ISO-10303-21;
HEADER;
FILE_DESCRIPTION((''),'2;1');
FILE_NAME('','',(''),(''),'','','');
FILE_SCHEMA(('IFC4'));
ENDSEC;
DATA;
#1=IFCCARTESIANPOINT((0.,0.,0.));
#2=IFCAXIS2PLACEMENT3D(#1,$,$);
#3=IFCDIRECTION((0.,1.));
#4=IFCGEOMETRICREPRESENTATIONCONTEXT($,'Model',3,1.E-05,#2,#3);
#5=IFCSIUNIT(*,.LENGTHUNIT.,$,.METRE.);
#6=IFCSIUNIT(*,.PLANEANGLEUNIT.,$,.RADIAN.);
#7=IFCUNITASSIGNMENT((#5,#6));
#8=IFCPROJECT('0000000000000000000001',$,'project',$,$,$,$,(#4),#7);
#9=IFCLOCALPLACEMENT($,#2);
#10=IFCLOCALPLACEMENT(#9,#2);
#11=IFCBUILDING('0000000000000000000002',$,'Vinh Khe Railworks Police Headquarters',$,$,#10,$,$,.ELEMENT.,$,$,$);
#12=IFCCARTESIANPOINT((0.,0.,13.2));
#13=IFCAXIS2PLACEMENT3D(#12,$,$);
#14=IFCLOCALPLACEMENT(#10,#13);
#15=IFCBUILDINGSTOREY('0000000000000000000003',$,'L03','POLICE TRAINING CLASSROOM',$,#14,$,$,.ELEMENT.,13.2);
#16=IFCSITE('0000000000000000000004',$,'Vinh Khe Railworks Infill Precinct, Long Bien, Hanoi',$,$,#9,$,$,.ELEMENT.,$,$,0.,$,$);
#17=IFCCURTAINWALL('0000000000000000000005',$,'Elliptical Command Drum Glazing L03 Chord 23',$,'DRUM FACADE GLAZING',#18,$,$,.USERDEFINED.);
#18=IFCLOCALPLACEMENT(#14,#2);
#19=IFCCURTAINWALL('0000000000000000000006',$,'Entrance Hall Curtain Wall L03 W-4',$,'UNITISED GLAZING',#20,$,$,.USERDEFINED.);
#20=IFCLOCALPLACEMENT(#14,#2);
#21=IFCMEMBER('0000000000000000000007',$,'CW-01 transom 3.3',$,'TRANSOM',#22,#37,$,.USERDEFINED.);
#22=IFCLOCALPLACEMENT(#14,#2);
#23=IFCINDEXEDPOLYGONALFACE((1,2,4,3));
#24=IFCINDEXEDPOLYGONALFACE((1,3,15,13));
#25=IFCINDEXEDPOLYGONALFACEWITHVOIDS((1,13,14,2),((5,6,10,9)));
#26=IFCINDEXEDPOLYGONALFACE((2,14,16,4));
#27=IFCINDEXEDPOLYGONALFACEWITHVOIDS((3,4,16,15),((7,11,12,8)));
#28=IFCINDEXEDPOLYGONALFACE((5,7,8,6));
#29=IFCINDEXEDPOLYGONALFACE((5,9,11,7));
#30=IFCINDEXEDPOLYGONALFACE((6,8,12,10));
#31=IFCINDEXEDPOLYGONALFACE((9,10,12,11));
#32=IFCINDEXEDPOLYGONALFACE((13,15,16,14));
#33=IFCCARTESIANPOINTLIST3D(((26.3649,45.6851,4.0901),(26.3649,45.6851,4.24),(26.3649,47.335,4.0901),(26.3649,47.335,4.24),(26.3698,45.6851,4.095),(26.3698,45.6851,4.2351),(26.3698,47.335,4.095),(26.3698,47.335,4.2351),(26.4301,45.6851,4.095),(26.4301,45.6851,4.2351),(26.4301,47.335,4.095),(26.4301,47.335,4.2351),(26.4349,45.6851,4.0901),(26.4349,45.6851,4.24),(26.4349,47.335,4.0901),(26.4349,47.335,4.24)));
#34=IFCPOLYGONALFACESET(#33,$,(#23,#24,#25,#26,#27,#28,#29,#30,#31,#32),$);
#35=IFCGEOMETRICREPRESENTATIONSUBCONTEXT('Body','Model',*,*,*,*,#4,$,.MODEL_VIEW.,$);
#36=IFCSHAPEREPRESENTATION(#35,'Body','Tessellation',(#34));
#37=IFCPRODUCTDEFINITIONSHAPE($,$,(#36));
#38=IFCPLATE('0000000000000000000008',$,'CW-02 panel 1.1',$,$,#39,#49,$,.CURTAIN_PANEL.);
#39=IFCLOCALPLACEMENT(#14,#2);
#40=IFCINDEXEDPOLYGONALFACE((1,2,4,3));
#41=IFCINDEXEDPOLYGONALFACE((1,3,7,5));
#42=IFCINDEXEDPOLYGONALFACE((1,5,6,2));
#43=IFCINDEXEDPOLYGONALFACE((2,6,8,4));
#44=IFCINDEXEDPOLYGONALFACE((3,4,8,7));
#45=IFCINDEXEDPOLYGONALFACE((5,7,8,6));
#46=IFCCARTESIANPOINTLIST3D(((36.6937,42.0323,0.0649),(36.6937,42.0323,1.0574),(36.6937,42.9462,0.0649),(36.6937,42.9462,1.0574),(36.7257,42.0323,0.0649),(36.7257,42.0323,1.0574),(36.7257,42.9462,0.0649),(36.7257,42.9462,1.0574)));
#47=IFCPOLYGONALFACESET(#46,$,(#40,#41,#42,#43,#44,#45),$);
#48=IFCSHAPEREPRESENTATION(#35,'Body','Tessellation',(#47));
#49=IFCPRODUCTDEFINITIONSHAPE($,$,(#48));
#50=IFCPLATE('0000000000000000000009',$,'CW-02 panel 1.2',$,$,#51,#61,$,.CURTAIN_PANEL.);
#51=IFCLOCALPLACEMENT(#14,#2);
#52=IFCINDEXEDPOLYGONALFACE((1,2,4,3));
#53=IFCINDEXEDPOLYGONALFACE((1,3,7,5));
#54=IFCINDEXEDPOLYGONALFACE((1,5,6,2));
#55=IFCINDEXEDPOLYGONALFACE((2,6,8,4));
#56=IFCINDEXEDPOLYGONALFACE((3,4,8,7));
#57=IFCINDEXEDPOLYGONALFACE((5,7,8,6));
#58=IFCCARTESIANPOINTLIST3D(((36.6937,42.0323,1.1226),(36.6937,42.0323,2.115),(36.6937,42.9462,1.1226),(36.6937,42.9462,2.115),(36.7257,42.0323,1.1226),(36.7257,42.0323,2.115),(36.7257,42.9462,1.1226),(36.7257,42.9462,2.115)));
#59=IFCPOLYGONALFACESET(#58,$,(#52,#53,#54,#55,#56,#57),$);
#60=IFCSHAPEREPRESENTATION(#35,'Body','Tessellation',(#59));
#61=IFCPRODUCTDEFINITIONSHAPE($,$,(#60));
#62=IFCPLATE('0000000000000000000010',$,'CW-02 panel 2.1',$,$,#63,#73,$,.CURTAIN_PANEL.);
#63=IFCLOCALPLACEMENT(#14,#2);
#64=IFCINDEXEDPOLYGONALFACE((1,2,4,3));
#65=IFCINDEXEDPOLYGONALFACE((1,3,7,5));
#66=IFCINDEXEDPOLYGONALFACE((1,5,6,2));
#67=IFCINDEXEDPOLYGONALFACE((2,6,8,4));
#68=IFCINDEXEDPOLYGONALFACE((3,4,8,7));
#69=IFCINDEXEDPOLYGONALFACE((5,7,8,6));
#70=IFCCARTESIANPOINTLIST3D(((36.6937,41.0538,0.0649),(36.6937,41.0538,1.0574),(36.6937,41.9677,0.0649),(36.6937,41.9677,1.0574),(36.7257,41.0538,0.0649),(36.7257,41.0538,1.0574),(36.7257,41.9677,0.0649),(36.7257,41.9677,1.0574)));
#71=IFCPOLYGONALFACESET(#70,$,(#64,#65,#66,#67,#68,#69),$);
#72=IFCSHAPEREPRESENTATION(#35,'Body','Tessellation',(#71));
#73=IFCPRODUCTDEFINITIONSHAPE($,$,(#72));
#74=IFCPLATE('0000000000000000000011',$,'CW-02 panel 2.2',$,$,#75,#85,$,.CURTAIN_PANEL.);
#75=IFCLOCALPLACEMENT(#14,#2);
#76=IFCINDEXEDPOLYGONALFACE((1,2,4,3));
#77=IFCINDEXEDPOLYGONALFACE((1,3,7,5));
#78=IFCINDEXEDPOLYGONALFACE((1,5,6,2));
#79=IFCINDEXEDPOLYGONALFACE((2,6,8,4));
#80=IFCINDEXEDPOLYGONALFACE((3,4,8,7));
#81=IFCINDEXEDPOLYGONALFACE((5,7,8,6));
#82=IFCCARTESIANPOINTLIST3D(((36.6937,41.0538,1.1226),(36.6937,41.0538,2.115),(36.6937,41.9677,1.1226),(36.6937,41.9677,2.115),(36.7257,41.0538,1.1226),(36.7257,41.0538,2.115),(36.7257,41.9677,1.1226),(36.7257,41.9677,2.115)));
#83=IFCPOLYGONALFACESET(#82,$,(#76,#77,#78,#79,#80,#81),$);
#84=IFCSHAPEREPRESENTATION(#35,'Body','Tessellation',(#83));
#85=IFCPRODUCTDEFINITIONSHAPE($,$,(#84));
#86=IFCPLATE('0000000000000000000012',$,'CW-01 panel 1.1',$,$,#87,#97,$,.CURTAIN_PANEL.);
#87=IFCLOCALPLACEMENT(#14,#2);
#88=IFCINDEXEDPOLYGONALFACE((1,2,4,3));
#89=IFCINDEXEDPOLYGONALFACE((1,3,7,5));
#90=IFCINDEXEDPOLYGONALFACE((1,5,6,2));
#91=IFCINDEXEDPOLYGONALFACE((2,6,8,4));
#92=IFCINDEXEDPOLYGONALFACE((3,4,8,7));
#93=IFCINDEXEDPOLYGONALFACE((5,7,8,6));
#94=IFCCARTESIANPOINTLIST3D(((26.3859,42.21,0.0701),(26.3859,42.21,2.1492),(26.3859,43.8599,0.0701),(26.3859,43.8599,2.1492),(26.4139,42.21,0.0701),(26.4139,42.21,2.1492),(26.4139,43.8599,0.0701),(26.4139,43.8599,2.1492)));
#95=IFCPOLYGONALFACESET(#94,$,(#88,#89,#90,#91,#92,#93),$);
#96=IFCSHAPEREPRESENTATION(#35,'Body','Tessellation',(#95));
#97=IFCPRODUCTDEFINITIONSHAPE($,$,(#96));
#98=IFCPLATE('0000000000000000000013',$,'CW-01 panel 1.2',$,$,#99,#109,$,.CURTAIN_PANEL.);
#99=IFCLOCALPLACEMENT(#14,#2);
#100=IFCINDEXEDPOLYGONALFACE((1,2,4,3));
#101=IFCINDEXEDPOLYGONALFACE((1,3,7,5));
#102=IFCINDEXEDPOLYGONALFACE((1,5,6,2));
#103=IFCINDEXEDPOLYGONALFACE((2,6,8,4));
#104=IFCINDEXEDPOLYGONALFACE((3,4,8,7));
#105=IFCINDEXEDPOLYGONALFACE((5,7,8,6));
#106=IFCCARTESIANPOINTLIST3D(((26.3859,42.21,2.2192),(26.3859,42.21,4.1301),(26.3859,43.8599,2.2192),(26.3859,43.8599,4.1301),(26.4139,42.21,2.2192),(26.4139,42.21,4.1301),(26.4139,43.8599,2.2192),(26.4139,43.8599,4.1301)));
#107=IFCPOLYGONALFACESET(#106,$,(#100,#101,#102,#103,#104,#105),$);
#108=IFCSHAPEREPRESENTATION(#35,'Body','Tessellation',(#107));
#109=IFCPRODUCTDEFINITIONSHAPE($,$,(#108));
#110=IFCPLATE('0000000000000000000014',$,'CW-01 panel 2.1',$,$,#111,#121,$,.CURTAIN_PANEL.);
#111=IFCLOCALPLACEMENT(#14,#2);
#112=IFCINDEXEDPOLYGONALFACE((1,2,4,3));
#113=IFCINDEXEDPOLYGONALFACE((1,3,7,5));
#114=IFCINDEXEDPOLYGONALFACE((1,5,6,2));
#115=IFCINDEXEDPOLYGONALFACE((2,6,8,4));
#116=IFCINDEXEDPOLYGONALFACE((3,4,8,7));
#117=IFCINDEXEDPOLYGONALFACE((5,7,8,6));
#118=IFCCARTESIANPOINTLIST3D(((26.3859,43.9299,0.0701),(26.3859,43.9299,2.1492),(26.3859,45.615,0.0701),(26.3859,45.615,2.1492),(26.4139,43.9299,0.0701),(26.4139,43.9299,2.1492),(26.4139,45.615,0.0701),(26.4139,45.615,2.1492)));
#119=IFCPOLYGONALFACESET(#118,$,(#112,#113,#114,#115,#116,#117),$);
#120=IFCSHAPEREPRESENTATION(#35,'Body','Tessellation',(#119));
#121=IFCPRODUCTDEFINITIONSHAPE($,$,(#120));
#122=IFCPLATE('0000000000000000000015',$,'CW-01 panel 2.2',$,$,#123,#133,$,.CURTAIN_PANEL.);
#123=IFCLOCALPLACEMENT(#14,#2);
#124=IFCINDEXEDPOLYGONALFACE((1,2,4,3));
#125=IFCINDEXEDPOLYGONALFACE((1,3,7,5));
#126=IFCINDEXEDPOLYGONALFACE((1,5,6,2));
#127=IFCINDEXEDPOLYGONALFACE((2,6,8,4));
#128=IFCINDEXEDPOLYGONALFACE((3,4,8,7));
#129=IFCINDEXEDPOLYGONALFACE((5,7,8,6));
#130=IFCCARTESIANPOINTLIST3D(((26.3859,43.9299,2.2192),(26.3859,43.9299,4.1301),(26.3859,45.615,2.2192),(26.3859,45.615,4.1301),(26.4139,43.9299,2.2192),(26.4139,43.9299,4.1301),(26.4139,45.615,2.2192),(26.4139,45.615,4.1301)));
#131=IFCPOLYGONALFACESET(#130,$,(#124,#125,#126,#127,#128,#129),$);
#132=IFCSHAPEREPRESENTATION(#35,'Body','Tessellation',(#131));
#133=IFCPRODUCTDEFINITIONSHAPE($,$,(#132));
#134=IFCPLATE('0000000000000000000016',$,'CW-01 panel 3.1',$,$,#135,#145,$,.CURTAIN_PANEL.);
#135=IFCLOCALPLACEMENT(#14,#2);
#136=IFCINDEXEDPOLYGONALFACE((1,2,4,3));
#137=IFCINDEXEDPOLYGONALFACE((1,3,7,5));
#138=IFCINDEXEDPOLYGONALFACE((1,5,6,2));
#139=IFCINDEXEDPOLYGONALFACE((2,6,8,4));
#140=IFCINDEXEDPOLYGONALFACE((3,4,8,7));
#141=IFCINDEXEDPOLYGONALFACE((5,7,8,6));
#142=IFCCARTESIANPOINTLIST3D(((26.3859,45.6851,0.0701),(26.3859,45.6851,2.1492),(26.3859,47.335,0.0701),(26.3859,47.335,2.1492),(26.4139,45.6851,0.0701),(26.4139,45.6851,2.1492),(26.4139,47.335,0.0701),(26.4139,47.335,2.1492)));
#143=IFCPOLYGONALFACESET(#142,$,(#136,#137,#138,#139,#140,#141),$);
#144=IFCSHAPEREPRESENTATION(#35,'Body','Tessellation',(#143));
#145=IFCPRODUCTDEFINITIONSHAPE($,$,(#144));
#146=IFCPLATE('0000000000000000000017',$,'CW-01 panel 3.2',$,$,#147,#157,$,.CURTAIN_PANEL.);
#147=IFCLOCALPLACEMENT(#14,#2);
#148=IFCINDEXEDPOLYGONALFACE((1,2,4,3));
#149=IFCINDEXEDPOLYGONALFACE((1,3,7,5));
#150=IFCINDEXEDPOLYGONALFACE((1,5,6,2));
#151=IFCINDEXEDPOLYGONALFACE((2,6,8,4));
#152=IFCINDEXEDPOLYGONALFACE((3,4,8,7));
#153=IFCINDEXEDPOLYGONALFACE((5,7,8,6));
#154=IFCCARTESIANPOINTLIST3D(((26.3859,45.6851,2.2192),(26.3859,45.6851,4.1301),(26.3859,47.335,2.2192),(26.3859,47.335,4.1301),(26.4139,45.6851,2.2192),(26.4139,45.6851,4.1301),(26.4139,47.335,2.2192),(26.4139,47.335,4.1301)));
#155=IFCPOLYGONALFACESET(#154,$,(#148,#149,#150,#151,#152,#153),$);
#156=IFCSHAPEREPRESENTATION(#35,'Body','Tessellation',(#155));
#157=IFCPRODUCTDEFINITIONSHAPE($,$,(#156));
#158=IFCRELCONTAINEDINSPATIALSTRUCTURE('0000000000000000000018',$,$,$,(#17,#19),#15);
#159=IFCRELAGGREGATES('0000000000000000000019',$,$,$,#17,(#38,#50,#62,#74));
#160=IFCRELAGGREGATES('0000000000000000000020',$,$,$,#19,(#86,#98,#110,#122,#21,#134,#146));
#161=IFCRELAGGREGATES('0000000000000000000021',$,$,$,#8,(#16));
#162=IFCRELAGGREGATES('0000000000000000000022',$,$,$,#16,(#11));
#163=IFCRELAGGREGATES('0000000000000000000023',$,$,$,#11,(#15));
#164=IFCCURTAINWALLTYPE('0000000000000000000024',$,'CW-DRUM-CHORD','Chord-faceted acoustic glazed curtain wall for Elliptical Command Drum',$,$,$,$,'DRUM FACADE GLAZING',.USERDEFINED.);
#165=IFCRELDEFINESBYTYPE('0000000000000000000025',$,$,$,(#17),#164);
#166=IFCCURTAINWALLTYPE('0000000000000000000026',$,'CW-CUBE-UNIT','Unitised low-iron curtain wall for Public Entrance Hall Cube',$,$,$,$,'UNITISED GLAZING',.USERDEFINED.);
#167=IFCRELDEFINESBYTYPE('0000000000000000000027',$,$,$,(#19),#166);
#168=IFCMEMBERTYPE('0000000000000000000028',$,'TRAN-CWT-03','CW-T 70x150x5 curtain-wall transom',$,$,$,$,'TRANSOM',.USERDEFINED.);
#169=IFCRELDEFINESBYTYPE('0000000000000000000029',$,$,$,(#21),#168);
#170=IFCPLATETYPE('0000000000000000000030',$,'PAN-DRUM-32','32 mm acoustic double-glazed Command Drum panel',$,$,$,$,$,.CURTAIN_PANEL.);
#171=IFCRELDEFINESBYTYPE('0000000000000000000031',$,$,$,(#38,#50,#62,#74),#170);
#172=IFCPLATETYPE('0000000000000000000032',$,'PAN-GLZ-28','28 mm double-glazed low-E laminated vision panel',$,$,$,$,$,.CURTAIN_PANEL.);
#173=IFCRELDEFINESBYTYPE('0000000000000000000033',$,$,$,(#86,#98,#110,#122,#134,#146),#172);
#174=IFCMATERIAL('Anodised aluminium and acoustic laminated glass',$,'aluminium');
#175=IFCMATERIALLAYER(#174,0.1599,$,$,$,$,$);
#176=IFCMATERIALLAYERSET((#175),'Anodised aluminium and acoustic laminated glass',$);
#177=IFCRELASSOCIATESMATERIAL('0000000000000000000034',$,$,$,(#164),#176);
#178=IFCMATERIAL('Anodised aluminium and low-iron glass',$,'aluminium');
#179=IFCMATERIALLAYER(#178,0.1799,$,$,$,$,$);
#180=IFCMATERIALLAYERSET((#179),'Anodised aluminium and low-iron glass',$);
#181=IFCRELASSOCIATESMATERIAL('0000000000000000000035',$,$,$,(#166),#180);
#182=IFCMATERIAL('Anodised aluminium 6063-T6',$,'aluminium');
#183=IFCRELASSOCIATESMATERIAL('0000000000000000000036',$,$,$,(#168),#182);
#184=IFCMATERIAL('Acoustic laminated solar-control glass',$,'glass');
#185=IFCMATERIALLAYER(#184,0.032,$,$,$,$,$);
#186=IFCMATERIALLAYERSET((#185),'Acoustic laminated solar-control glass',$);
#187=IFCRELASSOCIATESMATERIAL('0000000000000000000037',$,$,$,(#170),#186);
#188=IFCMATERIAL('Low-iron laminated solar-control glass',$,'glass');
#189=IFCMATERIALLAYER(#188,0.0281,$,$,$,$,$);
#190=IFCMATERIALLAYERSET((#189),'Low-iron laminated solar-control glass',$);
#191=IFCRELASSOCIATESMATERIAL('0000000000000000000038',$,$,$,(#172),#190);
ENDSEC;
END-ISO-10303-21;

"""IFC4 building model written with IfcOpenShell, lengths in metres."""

from ifc_helpers import new_model, si_unit, direction, frame, origin, origin_2d, place, context, subcontext, project, spatial, rectangle, hollow_rectangle, extrude, material, layer, layer_set, material_profile, profile_set, type_object, element, aggregate, save


model = new_model("IFC4")

# Units and contexts
model_context = context("Model", 3, precision=1e-05, world=origin(), true_north=direction((0.0, 1.0)))
body_context = subcontext(model_context, "Body", "Model", "MODEL_VIEW")
ifc_project = project(units=[si_unit("LENGTHUNIT", "METRE"), si_unit("PLANEANGLEUNIT", "RADIAN")], contexts=[model_context])

# Site, building, storey
site_placement = place(None, origin())
site = spatial("IfcSite", under=ifc_project, at=site_placement, Name="Vinh Khe Railworks Infill Precinct, Long Bien, Hanoi", CompositionType="ELEMENT", RefElevation=0.0)
building_placement = place(site_placement, origin())
building = spatial("IfcBuilding", under=site, at=building_placement, Name="Vinh Khe Railworks Police Headquarters", CompositionType="ELEMENT")
storey_placement = place(building_placement, frame((0.0, 0.0, 13.2)))
storey = spatial("IfcBuildingStorey", under=building, at=storey_placement, Name="L03", Description="POLICE TRAINING CLASSROOM", CompositionType="ELEMENT", Elevation=13.2)

# Shared definitions
ifc_material_1 = material(Name="Anodised aluminium and acoustic laminated glass", Category="aluminium")
ifc_layer_1 = layer(ifc_material_1, 0.1599)
ifc_layer_set_1 = layer_set([ifc_layer_1], Name="Anodised aluminium and acoustic laminated glass")
curtain_wall_type_1 = type_object("IfcCurtainWallType", Name="CW-DRUM-CHORD", Description="Chord-faceted acoustic glazed curtain wall for Elliptical Command Drum", ElementType="DRUM FACADE GLAZING", PredefinedType="USERDEFINED", material=ifc_layer_set_1)
ifc_material_2 = material(Name="Anodised aluminium 6063-T6", Category="aluminium")

# Curtain wall
curtain_wall_1_placement = place(storey_placement, origin())
curtain_wall_1 = element("IfcCurtainWall", 1, at=curtain_wall_1_placement, inside=storey, type_object=curtain_wall_type_1, Name="Elliptical Command Drum Glazing L03 Chord 23", ObjectType="DRUM FACADE GLAZING", PredefinedType="USERDEFINED")

# Curtain wall
ifc_material_3 = material(Name="Anodised aluminium and low-iron glass", Category="aluminium")
ifc_layer_2 = layer(ifc_material_3, 0.1799)
ifc_layer_set_2 = layer_set([ifc_layer_2], Name="Anodised aluminium and low-iron glass")
curtain_wall_type_2 = type_object("IfcCurtainWallType", Name="CW-CUBE-UNIT", Description="Unitised low-iron curtain wall for Public Entrance Hall Cube", ElementType="UNITISED GLAZING", PredefinedType="USERDEFINED", material=ifc_layer_set_2)
curtain_wall_2_placement = place(storey_placement, origin())
curtain_wall_2 = element("IfcCurtainWall", 2, at=curtain_wall_2_placement, inside=storey, type_object=curtain_wall_type_2, Name="Entrance Hall Curtain Wall L03 W-4", ObjectType="UNITISED GLAZING", PredefinedType="USERDEFINED")

# Member
ifc_material_profile_1 = material_profile(ifc_material_2, hollow_rectangle(XDim=0.0701, YDim=0.1499, WallThickness=0.0049, at=origin_2d()), Name="CW-T 70x150x5")
ifc_profile_set_1 = profile_set([ifc_material_profile_1], Name="Anodised aluminium 6063-T6")
member_type_1 = type_object("IfcMemberType", Name="TRAN-CWT-03", Description="CW-T 70x150x5 curtain-wall transom", ElementType="TRANSOM", PredefinedType="USERDEFINED", material=ifc_profile_set_1)
member_1_placement = place(storey_placement, frame((26.3999, 45.6851, 4.165), z_axis=(0.0, 1.0, 0.0), x_axis=(-1.0, 0.0, 0.0)))
member_1 = element("IfcMember", 3, at=member_1_placement, type_object=member_type_1, Name="CW-01 transom 3.3", ObjectType="TRANSOM", PredefinedType="USERDEFINED", context=body_context, shape_type="SweptSolid", body=[
    extrude(hollow_rectangle(XDim=0.0701, YDim=0.1499, WallThickness=0.0049, at=origin_2d()), origin(), (0.0, 0.0, 1.0), 1.6499),
])

# Plates
ifc_material_4 = material(Name="Acoustic laminated solar-control glass", Category="glass")
ifc_layer_3 = layer(ifc_material_4, 0.032)
ifc_layer_set_3 = layer_set([ifc_layer_3], Name="Acoustic laminated solar-control glass")
plate_type_1 = type_object("IfcPlateType", Name="PAN-DRUM-32", Description="32 mm acoustic double-glazed Command Drum panel", PredefinedType="CURTAIN_PANEL", material=ifc_layer_set_3)
plate_1_placement = place(storey_placement, frame((36.7097, 42.4893, 0.0649), z_axis=(0.0, 0.0, 1.0), x_axis=(0.0, -1.0, 0.0)))
plate_1 = element("IfcPlate", 4, at=plate_1_placement, type_object=plate_type_1, Name="CW-02 panel 1.1", PredefinedType="CURTAIN_PANEL", context=body_context, shape_type="SweptSolid", body=[
    extrude(rectangle(XDim=0.9138, YDim=0.032, at=origin_2d()), origin(), (0.0, 0.0, 1.0), 0.9924),
])
plate_2_placement = place(storey_placement, frame((36.7097, 42.4893, 1.1226), z_axis=(0.0, 0.0, 1.0), x_axis=(0.0, -1.0, 0.0)))
plate_2 = element("IfcPlate", 5, at=plate_2_placement, type_object=plate_type_1, Name="CW-02 panel 1.2", PredefinedType="CURTAIN_PANEL", context=body_context, shape_type="SweptSolid", body=[
    extrude(rectangle(XDim=0.9138, YDim=0.032, at=origin_2d()), origin(), (0.0, 0.0, 1.0), 0.9924),
])
plate_3_placement = place(storey_placement, frame((36.7097, 41.5107, 0.0649), z_axis=(0.0, 0.0, 1.0), x_axis=(0.0, -1.0, 0.0)))
plate_3 = element("IfcPlate", 6, at=plate_3_placement, type_object=plate_type_1, Name="CW-02 panel 2.1", PredefinedType="CURTAIN_PANEL", context=body_context, shape_type="SweptSolid", body=[
    extrude(rectangle(XDim=0.9138, YDim=0.032, at=origin_2d()), origin(), (0.0, 0.0, 1.0), 0.9924),
])
plate_4_placement = place(storey_placement, frame((36.7097, 41.5107, 1.1226), z_axis=(0.0, 0.0, 1.0), x_axis=(0.0, -1.0, 0.0)))
plate_4 = element("IfcPlate", 7, at=plate_4_placement, type_object=plate_type_1, Name="CW-02 panel 2.2", PredefinedType="CURTAIN_PANEL", context=body_context, shape_type="SweptSolid", body=[
    extrude(rectangle(XDim=0.9138, YDim=0.032, at=origin_2d()), origin(), (0.0, 0.0, 1.0), 0.9924),
])
aggregate(curtain_wall_1, [plate_1, plate_2, plate_3, plate_4])
ifc_material_5 = material(Name="Low-iron laminated solar-control glass", Category="glass")
ifc_layer_4 = layer(ifc_material_5, 0.0281)
ifc_layer_set_4 = layer_set([ifc_layer_4], Name="Low-iron laminated solar-control glass")
plate_type_2 = type_object("IfcPlateType", Name="PAN-GLZ-28", Description="28 mm double-glazed low-E laminated vision panel", PredefinedType="CURTAIN_PANEL", material=ifc_layer_set_4)
plate_5_placement = place(storey_placement, frame((26.3999, 43.0349, 0.0701), z_axis=(0.0, 0.0, 1.0), x_axis=(0.0, 1.0, 0.0)))
plate_5 = element("IfcPlate", 8, at=plate_5_placement, type_object=plate_type_2, Name="CW-01 panel 1.1", PredefinedType="CURTAIN_PANEL", context=body_context, shape_type="SweptSolid", body=[
    extrude(rectangle(XDim=1.6499, YDim=0.0281, at=origin_2d()), origin(), (0.0, 0.0, 1.0), 2.0791),
])
plate_6_placement = place(storey_placement, frame((26.3999, 43.0349, 2.2192), z_axis=(0.0, 0.0, 1.0), x_axis=(0.0, 1.0, 0.0)))
plate_6 = element("IfcPlate", 9, at=plate_6_placement, type_object=plate_type_2, Name="CW-01 panel 1.2", PredefinedType="CURTAIN_PANEL", context=body_context, shape_type="SweptSolid", body=[
    extrude(rectangle(XDim=1.6499, YDim=0.0281, at=origin_2d()), origin(), (0.0, 0.0, 1.0), 1.9109),
])
plate_7_placement = place(storey_placement, frame((26.3999, 44.7725, 0.0701), z_axis=(0.0, 0.0, 1.0), x_axis=(0.0, 1.0, 0.0)))
plate_7 = element("IfcPlate", 10, at=plate_7_placement, type_object=plate_type_2, Name="CW-01 panel 2.1", PredefinedType="CURTAIN_PANEL", context=body_context, shape_type="SweptSolid", body=[
    extrude(rectangle(XDim=1.6851, YDim=0.0281, at=origin_2d()), origin(), (0.0, 0.0, 1.0), 2.0791),
])
plate_8_placement = place(storey_placement, frame((26.3999, 44.7725, 2.2192), z_axis=(0.0, 0.0, 1.0), x_axis=(0.0, 1.0, 0.0)))
plate_8 = element("IfcPlate", 11, at=plate_8_placement, type_object=plate_type_2, Name="CW-01 panel 2.2", PredefinedType="CURTAIN_PANEL", context=body_context, shape_type="SweptSolid", body=[
    extrude(rectangle(XDim=1.6851, YDim=0.0281, at=origin_2d()), origin(), (0.0, 0.0, 1.0), 1.9109),
])
plate_9_placement = place(storey_placement, frame((26.3999, 46.51, 0.0701), z_axis=(0.0, 0.0, 1.0), x_axis=(0.0, 1.0, 0.0)))
plate_9 = element("IfcPlate", 12, at=plate_9_placement, type_object=plate_type_2, Name="CW-01 panel 3.1", PredefinedType="CURTAIN_PANEL", context=body_context, shape_type="SweptSolid", body=[
    extrude(rectangle(XDim=1.6499, YDim=0.0281, at=origin_2d()), origin(), (0.0, 0.0, 1.0), 2.0791),
])
plate_10_placement = place(storey_placement, frame((26.3999, 46.51, 2.2192), z_axis=(0.0, 0.0, 1.0), x_axis=(0.0, 1.0, 0.0)))
plate_10 = element("IfcPlate", 13, at=plate_10_placement, type_object=plate_type_2, Name="CW-01 panel 3.2", PredefinedType="CURTAIN_PANEL", context=body_context, shape_type="SweptSolid", body=[
    extrude(rectangle(XDim=1.6499, YDim=0.0281, at=origin_2d()), origin(), (0.0, 0.0, 1.0), 1.9109),
])
aggregate(curtain_wall_2, [plate_5, plate_6, plate_7, plate_8, member_1, plate_9, plate_10])

save(model, "model.ifc")
